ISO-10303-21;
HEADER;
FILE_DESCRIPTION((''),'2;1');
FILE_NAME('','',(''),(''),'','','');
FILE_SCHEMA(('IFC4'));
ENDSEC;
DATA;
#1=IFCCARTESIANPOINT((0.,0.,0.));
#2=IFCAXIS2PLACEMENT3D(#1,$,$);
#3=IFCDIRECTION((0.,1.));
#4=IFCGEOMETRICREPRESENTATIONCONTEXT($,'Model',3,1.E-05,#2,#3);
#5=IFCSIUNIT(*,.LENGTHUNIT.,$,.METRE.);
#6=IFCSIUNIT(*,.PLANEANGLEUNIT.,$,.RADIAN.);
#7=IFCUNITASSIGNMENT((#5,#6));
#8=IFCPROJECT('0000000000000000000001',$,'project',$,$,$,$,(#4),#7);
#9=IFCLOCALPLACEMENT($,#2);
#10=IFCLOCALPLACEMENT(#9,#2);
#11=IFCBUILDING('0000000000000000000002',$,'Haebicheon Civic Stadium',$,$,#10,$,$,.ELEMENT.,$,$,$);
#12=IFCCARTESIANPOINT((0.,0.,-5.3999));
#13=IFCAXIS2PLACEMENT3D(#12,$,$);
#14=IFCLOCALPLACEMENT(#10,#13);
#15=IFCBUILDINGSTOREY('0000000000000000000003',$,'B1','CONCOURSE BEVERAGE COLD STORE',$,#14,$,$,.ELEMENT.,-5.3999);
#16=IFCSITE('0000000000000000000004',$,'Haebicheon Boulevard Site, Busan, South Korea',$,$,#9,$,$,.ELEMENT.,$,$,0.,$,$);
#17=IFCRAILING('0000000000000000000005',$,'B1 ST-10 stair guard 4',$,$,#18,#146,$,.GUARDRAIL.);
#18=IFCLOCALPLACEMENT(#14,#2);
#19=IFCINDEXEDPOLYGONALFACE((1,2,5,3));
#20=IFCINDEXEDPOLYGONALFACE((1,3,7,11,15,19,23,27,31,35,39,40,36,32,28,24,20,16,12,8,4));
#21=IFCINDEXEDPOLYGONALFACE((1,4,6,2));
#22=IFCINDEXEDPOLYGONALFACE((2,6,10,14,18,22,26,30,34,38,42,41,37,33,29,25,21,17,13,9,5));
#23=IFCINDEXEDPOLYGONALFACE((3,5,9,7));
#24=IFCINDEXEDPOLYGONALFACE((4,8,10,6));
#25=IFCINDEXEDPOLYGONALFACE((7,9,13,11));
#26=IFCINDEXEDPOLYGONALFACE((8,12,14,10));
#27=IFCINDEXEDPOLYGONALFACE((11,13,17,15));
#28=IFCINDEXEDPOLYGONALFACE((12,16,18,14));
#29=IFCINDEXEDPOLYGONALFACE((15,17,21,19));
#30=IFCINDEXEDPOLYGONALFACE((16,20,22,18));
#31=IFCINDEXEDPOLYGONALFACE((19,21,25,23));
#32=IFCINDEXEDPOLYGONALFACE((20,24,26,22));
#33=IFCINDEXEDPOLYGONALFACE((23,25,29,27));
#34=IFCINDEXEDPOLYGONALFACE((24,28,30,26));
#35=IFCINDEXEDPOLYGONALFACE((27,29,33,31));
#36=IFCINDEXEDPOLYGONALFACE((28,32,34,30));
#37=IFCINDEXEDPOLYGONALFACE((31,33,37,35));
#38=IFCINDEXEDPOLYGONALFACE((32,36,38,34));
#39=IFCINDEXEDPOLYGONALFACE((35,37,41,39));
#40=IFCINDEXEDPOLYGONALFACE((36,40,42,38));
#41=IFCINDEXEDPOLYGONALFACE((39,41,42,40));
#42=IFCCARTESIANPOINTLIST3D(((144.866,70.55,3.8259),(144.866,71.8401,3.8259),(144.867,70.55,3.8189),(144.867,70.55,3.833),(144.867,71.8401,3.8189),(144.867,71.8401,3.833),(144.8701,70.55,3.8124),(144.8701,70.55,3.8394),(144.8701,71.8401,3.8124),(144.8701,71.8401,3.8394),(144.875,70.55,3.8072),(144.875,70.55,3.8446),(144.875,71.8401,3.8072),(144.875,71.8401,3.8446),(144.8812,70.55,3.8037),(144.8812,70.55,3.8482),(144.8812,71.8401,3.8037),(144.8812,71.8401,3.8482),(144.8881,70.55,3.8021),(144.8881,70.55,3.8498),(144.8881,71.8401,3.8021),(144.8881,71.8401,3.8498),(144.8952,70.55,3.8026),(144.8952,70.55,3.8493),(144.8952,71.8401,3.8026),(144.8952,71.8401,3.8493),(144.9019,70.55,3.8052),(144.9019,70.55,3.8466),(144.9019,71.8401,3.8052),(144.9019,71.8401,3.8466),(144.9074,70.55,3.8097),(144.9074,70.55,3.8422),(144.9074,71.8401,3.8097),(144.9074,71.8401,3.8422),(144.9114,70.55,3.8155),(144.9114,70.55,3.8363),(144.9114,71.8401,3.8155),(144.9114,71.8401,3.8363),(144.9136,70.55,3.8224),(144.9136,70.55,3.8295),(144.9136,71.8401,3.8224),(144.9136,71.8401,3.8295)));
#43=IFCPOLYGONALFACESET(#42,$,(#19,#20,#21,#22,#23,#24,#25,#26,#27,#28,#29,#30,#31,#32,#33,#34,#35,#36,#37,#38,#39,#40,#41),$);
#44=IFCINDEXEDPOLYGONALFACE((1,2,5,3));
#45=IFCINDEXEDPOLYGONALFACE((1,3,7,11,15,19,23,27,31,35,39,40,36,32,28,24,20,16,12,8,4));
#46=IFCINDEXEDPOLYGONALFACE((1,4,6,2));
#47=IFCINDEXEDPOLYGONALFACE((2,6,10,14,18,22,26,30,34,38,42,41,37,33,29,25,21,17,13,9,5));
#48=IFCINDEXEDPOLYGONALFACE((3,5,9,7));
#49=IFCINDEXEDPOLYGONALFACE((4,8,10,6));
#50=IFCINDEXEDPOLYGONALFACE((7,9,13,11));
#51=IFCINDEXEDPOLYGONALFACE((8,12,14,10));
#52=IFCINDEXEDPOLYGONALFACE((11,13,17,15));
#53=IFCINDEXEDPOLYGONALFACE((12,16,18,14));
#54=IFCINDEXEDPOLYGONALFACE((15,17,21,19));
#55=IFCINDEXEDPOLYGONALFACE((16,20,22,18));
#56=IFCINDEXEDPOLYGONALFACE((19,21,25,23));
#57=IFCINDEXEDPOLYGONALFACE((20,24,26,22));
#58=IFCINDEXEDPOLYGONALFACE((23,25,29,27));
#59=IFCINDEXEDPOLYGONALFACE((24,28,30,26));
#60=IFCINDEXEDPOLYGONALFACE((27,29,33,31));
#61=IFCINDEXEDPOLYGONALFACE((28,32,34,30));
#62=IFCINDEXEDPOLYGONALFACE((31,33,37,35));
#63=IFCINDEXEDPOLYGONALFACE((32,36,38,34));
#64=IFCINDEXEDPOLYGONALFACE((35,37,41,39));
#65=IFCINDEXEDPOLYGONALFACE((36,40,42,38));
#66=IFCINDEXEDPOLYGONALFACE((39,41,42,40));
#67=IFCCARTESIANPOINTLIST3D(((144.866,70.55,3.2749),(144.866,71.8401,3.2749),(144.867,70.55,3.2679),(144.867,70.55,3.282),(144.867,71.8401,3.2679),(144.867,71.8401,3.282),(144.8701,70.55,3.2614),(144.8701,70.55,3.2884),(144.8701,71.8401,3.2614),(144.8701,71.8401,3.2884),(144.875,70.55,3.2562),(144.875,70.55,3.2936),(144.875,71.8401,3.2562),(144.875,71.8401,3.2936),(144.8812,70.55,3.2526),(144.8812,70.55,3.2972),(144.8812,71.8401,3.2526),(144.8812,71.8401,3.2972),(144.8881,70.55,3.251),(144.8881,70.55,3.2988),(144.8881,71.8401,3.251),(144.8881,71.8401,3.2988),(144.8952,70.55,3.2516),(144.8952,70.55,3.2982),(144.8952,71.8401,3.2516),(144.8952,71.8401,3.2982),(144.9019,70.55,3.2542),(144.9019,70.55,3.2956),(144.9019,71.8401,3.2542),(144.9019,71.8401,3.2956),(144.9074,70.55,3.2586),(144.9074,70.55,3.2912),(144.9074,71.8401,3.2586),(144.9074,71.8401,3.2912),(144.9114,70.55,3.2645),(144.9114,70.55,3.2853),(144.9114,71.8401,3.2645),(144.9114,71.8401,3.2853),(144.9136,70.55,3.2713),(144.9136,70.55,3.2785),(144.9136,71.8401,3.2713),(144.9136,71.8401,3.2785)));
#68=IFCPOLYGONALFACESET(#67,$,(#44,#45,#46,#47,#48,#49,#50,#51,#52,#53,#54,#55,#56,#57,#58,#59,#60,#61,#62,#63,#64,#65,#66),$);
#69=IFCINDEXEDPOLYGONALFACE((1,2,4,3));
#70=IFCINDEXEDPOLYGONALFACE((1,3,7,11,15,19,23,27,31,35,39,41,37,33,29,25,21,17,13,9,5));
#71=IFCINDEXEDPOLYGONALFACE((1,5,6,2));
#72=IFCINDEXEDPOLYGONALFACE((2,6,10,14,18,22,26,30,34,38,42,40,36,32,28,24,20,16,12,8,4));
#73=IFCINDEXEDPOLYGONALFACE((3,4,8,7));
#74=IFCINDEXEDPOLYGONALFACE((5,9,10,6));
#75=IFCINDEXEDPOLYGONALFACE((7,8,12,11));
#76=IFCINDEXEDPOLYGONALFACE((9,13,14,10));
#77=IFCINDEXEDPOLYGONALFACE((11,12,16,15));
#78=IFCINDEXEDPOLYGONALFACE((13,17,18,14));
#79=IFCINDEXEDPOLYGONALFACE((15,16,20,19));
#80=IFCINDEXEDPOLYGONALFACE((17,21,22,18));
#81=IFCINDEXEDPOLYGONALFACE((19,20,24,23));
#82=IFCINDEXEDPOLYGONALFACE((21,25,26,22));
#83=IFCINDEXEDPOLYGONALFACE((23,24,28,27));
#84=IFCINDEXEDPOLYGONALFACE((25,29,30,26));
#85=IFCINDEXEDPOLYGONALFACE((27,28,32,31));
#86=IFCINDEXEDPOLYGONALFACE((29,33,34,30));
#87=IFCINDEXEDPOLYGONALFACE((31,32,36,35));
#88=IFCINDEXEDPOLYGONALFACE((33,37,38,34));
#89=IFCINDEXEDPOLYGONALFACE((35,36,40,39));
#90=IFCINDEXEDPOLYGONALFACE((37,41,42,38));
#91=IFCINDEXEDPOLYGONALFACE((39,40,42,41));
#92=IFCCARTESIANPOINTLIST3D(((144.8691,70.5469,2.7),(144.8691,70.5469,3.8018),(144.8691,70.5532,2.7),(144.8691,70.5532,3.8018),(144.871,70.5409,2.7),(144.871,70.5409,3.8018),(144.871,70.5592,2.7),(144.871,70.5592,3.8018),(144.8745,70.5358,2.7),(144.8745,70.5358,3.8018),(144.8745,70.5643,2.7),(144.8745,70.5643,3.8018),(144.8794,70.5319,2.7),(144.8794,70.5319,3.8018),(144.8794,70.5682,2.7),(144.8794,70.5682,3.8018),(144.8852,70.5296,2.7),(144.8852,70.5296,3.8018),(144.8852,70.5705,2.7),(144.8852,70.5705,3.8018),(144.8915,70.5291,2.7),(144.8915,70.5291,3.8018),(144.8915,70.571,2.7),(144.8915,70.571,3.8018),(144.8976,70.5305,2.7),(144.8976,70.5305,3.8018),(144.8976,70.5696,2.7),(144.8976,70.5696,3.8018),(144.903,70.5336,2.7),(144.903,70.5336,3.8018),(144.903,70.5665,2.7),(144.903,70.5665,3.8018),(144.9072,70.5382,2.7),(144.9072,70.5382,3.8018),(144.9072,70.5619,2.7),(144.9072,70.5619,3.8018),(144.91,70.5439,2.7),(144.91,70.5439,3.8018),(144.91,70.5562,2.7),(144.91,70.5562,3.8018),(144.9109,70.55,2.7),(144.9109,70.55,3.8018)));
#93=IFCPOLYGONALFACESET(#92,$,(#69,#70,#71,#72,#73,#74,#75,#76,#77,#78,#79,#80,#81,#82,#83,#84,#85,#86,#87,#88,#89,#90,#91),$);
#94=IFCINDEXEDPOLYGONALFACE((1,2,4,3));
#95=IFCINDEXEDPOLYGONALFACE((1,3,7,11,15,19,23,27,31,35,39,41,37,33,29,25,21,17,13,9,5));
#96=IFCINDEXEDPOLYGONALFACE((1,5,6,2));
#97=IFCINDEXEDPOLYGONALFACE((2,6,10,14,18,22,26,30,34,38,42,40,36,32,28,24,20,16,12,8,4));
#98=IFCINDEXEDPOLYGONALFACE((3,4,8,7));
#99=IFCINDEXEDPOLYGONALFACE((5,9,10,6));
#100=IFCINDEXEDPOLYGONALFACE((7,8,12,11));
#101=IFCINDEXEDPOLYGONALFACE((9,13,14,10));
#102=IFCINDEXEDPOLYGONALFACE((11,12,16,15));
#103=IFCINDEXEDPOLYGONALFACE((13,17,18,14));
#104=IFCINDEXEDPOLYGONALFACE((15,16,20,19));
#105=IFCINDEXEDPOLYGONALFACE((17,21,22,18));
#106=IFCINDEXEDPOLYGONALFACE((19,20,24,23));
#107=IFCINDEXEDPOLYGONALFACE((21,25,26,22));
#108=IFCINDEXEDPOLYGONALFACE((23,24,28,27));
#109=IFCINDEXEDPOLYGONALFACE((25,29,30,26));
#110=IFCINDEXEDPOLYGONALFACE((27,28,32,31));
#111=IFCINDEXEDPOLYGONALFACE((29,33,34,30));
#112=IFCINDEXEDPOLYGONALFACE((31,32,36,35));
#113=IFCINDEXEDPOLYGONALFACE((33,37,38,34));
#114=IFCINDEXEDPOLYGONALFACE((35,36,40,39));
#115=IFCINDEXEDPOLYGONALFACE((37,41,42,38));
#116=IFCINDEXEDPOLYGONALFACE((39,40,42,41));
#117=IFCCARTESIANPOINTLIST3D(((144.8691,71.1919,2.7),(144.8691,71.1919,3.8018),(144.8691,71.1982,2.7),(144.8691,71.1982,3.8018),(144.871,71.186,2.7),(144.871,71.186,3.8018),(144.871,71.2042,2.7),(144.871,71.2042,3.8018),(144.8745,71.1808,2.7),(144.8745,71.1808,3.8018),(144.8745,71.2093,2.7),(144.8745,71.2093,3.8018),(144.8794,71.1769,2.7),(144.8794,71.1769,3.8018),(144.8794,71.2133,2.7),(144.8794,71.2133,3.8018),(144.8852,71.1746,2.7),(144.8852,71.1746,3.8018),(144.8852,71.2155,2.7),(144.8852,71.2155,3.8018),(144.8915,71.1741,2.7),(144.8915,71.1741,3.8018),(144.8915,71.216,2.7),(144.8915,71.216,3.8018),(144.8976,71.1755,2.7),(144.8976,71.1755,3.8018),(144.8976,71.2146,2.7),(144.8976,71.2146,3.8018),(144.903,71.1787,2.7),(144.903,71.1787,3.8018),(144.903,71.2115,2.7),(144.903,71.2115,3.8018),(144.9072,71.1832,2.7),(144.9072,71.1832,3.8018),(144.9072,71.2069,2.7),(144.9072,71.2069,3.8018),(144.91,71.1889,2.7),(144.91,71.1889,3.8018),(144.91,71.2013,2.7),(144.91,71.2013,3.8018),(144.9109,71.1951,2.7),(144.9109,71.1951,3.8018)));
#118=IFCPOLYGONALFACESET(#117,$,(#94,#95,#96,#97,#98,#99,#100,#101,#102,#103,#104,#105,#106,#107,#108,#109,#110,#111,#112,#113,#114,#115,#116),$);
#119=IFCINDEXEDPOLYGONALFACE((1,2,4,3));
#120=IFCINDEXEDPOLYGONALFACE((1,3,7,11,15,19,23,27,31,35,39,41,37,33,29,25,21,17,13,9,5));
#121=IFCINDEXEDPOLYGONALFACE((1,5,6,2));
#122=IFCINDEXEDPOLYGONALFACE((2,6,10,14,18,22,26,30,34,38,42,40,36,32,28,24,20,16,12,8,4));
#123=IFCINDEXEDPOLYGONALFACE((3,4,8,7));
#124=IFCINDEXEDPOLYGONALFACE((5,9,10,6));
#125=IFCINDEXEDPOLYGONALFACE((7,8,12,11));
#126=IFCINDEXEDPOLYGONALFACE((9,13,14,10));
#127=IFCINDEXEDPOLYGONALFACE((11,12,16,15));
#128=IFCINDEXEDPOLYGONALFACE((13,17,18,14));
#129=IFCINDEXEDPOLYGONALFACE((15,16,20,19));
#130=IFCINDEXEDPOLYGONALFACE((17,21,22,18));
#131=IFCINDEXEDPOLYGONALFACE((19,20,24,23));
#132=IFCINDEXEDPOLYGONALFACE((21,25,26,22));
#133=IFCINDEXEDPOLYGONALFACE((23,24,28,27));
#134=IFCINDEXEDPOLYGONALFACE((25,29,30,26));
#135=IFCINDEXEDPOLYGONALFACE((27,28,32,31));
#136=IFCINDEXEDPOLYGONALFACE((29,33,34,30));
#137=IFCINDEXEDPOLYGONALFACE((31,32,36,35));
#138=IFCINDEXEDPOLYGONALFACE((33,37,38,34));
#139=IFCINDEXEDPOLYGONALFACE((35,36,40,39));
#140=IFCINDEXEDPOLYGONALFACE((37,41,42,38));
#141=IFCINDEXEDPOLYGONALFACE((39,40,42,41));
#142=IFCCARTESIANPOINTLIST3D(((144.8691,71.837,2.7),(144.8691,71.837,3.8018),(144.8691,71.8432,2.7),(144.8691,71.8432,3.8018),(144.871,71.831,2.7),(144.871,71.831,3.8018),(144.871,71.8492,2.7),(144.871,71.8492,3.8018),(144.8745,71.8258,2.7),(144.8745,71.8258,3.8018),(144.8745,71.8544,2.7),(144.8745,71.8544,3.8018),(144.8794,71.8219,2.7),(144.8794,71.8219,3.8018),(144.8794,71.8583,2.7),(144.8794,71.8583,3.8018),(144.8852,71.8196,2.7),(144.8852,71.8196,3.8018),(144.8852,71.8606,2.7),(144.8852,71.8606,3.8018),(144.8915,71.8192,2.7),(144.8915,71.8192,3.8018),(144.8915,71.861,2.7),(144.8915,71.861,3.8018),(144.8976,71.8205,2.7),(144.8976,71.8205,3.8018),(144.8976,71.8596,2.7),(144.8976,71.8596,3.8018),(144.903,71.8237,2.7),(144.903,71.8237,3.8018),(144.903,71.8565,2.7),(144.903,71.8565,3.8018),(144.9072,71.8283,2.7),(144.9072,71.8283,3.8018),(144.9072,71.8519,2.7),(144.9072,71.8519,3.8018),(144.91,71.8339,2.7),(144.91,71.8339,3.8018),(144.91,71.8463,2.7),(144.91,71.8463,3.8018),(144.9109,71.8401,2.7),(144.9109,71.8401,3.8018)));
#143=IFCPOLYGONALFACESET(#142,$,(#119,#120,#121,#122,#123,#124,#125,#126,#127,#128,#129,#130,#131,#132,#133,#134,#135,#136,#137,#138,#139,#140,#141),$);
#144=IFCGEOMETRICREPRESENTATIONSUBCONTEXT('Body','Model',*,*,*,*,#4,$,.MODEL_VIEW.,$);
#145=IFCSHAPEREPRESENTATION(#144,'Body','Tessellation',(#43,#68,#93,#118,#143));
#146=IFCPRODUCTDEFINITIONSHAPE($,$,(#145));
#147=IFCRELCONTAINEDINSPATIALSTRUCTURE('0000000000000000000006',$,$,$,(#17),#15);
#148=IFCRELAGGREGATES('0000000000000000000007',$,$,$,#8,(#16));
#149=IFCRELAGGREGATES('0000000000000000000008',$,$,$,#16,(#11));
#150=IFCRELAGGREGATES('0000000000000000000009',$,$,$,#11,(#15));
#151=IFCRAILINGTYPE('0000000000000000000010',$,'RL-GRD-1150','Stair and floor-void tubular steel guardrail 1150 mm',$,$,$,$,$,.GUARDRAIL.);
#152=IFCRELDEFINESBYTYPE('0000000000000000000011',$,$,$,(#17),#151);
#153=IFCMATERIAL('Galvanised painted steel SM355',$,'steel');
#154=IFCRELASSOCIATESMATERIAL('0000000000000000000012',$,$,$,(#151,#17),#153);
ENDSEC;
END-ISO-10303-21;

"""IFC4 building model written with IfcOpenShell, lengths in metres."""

from ifc_helpers import new_model, si_unit, direction, frame, origin, origin_2d, place, context, subcontext, project, spatial, circle, extrude, material, type_object, element, save


model = new_model("IFC4")

# Units and contexts
model_context = context("Model", 3, precision=1e-05, world=origin(), true_north=direction((0.0, 1.0)))
body_context = subcontext(model_context, "Body", "Model", "MODEL_VIEW")
ifc_project = project(units=[si_unit("LENGTHUNIT", "METRE"), si_unit("PLANEANGLEUNIT", "RADIAN")], contexts=[model_context])

# Site, building, storey
site_placement = place(None, origin())
site = spatial("IfcSite", under=ifc_project, at=site_placement, Name="Haebicheon Boulevard Site, Busan, South Korea", CompositionType="ELEMENT", RefElevation=0.0)
building_placement = place(site_placement, origin())
building = spatial("IfcBuilding", under=site, at=building_placement, Name="Haebicheon Civic Stadium", CompositionType="ELEMENT")
storey_placement = place(building_placement, frame((0.0, 0.0, -5.3999)))
storey = spatial("IfcBuildingStorey", under=building, at=storey_placement, Name="B1", Description="CONCOURSE BEVERAGE COLD STORE", CompositionType="ELEMENT", Elevation=-5.3999)

# Railing
ifc_material_1 = material(Name="Galvanised painted steel SM355", Category="steel")
railing_type_1 = type_object("IfcRailingType", Name="RL-GRD-1150", Description="Stair and floor-void tubular steel guardrail 1150 mm", PredefinedType="GUARDRAIL", material=ifc_material_1)
railing_1_placement = place(storey_placement, frame((144.8899, 70.55, 2.7)))
element("IfcRailing", 1, at=railing_1_placement, inside=storey, type_object=railing_type_1, material=ifc_material_1, Name="B1 ST-10 stair guard 4", PredefinedType="GUARDRAIL", context=body_context, shape_type="SweptSolid", body=[
    extrude(circle(Radius=0.0239, at=origin_2d()), frame((0.0, 0.0, 1.126), z_axis=(0.0, 1.0, 0.0), x_axis=(-1.0, 0.0, 0.0)), (0.0, 0.0, 1.0), 1.29),
    extrude(circle(Radius=0.0239, at=origin_2d()), frame((0.0, 0.0, 0.575), z_axis=(0.0, 1.0, 0.0), x_axis=(-1.0, 0.0, 0.0)), (0.0, 0.0, 1.0), 1.29),
    extrude(circle(Radius=0.021, at=origin_2d()), origin(), (0.0, 0.0, 1.0), 1.1018),
    extrude(circle(Radius=0.021, at=origin_2d()), frame((0.0, 0.645, 0.0)), (0.0, 0.0, 1.0), 1.1018),
    extrude(circle(Radius=0.021, at=origin_2d()), frame((0.0, 1.29, 0.0)), (0.0, 0.0, 1.0), 1.1018),
])

save(model, "model.ifc")
